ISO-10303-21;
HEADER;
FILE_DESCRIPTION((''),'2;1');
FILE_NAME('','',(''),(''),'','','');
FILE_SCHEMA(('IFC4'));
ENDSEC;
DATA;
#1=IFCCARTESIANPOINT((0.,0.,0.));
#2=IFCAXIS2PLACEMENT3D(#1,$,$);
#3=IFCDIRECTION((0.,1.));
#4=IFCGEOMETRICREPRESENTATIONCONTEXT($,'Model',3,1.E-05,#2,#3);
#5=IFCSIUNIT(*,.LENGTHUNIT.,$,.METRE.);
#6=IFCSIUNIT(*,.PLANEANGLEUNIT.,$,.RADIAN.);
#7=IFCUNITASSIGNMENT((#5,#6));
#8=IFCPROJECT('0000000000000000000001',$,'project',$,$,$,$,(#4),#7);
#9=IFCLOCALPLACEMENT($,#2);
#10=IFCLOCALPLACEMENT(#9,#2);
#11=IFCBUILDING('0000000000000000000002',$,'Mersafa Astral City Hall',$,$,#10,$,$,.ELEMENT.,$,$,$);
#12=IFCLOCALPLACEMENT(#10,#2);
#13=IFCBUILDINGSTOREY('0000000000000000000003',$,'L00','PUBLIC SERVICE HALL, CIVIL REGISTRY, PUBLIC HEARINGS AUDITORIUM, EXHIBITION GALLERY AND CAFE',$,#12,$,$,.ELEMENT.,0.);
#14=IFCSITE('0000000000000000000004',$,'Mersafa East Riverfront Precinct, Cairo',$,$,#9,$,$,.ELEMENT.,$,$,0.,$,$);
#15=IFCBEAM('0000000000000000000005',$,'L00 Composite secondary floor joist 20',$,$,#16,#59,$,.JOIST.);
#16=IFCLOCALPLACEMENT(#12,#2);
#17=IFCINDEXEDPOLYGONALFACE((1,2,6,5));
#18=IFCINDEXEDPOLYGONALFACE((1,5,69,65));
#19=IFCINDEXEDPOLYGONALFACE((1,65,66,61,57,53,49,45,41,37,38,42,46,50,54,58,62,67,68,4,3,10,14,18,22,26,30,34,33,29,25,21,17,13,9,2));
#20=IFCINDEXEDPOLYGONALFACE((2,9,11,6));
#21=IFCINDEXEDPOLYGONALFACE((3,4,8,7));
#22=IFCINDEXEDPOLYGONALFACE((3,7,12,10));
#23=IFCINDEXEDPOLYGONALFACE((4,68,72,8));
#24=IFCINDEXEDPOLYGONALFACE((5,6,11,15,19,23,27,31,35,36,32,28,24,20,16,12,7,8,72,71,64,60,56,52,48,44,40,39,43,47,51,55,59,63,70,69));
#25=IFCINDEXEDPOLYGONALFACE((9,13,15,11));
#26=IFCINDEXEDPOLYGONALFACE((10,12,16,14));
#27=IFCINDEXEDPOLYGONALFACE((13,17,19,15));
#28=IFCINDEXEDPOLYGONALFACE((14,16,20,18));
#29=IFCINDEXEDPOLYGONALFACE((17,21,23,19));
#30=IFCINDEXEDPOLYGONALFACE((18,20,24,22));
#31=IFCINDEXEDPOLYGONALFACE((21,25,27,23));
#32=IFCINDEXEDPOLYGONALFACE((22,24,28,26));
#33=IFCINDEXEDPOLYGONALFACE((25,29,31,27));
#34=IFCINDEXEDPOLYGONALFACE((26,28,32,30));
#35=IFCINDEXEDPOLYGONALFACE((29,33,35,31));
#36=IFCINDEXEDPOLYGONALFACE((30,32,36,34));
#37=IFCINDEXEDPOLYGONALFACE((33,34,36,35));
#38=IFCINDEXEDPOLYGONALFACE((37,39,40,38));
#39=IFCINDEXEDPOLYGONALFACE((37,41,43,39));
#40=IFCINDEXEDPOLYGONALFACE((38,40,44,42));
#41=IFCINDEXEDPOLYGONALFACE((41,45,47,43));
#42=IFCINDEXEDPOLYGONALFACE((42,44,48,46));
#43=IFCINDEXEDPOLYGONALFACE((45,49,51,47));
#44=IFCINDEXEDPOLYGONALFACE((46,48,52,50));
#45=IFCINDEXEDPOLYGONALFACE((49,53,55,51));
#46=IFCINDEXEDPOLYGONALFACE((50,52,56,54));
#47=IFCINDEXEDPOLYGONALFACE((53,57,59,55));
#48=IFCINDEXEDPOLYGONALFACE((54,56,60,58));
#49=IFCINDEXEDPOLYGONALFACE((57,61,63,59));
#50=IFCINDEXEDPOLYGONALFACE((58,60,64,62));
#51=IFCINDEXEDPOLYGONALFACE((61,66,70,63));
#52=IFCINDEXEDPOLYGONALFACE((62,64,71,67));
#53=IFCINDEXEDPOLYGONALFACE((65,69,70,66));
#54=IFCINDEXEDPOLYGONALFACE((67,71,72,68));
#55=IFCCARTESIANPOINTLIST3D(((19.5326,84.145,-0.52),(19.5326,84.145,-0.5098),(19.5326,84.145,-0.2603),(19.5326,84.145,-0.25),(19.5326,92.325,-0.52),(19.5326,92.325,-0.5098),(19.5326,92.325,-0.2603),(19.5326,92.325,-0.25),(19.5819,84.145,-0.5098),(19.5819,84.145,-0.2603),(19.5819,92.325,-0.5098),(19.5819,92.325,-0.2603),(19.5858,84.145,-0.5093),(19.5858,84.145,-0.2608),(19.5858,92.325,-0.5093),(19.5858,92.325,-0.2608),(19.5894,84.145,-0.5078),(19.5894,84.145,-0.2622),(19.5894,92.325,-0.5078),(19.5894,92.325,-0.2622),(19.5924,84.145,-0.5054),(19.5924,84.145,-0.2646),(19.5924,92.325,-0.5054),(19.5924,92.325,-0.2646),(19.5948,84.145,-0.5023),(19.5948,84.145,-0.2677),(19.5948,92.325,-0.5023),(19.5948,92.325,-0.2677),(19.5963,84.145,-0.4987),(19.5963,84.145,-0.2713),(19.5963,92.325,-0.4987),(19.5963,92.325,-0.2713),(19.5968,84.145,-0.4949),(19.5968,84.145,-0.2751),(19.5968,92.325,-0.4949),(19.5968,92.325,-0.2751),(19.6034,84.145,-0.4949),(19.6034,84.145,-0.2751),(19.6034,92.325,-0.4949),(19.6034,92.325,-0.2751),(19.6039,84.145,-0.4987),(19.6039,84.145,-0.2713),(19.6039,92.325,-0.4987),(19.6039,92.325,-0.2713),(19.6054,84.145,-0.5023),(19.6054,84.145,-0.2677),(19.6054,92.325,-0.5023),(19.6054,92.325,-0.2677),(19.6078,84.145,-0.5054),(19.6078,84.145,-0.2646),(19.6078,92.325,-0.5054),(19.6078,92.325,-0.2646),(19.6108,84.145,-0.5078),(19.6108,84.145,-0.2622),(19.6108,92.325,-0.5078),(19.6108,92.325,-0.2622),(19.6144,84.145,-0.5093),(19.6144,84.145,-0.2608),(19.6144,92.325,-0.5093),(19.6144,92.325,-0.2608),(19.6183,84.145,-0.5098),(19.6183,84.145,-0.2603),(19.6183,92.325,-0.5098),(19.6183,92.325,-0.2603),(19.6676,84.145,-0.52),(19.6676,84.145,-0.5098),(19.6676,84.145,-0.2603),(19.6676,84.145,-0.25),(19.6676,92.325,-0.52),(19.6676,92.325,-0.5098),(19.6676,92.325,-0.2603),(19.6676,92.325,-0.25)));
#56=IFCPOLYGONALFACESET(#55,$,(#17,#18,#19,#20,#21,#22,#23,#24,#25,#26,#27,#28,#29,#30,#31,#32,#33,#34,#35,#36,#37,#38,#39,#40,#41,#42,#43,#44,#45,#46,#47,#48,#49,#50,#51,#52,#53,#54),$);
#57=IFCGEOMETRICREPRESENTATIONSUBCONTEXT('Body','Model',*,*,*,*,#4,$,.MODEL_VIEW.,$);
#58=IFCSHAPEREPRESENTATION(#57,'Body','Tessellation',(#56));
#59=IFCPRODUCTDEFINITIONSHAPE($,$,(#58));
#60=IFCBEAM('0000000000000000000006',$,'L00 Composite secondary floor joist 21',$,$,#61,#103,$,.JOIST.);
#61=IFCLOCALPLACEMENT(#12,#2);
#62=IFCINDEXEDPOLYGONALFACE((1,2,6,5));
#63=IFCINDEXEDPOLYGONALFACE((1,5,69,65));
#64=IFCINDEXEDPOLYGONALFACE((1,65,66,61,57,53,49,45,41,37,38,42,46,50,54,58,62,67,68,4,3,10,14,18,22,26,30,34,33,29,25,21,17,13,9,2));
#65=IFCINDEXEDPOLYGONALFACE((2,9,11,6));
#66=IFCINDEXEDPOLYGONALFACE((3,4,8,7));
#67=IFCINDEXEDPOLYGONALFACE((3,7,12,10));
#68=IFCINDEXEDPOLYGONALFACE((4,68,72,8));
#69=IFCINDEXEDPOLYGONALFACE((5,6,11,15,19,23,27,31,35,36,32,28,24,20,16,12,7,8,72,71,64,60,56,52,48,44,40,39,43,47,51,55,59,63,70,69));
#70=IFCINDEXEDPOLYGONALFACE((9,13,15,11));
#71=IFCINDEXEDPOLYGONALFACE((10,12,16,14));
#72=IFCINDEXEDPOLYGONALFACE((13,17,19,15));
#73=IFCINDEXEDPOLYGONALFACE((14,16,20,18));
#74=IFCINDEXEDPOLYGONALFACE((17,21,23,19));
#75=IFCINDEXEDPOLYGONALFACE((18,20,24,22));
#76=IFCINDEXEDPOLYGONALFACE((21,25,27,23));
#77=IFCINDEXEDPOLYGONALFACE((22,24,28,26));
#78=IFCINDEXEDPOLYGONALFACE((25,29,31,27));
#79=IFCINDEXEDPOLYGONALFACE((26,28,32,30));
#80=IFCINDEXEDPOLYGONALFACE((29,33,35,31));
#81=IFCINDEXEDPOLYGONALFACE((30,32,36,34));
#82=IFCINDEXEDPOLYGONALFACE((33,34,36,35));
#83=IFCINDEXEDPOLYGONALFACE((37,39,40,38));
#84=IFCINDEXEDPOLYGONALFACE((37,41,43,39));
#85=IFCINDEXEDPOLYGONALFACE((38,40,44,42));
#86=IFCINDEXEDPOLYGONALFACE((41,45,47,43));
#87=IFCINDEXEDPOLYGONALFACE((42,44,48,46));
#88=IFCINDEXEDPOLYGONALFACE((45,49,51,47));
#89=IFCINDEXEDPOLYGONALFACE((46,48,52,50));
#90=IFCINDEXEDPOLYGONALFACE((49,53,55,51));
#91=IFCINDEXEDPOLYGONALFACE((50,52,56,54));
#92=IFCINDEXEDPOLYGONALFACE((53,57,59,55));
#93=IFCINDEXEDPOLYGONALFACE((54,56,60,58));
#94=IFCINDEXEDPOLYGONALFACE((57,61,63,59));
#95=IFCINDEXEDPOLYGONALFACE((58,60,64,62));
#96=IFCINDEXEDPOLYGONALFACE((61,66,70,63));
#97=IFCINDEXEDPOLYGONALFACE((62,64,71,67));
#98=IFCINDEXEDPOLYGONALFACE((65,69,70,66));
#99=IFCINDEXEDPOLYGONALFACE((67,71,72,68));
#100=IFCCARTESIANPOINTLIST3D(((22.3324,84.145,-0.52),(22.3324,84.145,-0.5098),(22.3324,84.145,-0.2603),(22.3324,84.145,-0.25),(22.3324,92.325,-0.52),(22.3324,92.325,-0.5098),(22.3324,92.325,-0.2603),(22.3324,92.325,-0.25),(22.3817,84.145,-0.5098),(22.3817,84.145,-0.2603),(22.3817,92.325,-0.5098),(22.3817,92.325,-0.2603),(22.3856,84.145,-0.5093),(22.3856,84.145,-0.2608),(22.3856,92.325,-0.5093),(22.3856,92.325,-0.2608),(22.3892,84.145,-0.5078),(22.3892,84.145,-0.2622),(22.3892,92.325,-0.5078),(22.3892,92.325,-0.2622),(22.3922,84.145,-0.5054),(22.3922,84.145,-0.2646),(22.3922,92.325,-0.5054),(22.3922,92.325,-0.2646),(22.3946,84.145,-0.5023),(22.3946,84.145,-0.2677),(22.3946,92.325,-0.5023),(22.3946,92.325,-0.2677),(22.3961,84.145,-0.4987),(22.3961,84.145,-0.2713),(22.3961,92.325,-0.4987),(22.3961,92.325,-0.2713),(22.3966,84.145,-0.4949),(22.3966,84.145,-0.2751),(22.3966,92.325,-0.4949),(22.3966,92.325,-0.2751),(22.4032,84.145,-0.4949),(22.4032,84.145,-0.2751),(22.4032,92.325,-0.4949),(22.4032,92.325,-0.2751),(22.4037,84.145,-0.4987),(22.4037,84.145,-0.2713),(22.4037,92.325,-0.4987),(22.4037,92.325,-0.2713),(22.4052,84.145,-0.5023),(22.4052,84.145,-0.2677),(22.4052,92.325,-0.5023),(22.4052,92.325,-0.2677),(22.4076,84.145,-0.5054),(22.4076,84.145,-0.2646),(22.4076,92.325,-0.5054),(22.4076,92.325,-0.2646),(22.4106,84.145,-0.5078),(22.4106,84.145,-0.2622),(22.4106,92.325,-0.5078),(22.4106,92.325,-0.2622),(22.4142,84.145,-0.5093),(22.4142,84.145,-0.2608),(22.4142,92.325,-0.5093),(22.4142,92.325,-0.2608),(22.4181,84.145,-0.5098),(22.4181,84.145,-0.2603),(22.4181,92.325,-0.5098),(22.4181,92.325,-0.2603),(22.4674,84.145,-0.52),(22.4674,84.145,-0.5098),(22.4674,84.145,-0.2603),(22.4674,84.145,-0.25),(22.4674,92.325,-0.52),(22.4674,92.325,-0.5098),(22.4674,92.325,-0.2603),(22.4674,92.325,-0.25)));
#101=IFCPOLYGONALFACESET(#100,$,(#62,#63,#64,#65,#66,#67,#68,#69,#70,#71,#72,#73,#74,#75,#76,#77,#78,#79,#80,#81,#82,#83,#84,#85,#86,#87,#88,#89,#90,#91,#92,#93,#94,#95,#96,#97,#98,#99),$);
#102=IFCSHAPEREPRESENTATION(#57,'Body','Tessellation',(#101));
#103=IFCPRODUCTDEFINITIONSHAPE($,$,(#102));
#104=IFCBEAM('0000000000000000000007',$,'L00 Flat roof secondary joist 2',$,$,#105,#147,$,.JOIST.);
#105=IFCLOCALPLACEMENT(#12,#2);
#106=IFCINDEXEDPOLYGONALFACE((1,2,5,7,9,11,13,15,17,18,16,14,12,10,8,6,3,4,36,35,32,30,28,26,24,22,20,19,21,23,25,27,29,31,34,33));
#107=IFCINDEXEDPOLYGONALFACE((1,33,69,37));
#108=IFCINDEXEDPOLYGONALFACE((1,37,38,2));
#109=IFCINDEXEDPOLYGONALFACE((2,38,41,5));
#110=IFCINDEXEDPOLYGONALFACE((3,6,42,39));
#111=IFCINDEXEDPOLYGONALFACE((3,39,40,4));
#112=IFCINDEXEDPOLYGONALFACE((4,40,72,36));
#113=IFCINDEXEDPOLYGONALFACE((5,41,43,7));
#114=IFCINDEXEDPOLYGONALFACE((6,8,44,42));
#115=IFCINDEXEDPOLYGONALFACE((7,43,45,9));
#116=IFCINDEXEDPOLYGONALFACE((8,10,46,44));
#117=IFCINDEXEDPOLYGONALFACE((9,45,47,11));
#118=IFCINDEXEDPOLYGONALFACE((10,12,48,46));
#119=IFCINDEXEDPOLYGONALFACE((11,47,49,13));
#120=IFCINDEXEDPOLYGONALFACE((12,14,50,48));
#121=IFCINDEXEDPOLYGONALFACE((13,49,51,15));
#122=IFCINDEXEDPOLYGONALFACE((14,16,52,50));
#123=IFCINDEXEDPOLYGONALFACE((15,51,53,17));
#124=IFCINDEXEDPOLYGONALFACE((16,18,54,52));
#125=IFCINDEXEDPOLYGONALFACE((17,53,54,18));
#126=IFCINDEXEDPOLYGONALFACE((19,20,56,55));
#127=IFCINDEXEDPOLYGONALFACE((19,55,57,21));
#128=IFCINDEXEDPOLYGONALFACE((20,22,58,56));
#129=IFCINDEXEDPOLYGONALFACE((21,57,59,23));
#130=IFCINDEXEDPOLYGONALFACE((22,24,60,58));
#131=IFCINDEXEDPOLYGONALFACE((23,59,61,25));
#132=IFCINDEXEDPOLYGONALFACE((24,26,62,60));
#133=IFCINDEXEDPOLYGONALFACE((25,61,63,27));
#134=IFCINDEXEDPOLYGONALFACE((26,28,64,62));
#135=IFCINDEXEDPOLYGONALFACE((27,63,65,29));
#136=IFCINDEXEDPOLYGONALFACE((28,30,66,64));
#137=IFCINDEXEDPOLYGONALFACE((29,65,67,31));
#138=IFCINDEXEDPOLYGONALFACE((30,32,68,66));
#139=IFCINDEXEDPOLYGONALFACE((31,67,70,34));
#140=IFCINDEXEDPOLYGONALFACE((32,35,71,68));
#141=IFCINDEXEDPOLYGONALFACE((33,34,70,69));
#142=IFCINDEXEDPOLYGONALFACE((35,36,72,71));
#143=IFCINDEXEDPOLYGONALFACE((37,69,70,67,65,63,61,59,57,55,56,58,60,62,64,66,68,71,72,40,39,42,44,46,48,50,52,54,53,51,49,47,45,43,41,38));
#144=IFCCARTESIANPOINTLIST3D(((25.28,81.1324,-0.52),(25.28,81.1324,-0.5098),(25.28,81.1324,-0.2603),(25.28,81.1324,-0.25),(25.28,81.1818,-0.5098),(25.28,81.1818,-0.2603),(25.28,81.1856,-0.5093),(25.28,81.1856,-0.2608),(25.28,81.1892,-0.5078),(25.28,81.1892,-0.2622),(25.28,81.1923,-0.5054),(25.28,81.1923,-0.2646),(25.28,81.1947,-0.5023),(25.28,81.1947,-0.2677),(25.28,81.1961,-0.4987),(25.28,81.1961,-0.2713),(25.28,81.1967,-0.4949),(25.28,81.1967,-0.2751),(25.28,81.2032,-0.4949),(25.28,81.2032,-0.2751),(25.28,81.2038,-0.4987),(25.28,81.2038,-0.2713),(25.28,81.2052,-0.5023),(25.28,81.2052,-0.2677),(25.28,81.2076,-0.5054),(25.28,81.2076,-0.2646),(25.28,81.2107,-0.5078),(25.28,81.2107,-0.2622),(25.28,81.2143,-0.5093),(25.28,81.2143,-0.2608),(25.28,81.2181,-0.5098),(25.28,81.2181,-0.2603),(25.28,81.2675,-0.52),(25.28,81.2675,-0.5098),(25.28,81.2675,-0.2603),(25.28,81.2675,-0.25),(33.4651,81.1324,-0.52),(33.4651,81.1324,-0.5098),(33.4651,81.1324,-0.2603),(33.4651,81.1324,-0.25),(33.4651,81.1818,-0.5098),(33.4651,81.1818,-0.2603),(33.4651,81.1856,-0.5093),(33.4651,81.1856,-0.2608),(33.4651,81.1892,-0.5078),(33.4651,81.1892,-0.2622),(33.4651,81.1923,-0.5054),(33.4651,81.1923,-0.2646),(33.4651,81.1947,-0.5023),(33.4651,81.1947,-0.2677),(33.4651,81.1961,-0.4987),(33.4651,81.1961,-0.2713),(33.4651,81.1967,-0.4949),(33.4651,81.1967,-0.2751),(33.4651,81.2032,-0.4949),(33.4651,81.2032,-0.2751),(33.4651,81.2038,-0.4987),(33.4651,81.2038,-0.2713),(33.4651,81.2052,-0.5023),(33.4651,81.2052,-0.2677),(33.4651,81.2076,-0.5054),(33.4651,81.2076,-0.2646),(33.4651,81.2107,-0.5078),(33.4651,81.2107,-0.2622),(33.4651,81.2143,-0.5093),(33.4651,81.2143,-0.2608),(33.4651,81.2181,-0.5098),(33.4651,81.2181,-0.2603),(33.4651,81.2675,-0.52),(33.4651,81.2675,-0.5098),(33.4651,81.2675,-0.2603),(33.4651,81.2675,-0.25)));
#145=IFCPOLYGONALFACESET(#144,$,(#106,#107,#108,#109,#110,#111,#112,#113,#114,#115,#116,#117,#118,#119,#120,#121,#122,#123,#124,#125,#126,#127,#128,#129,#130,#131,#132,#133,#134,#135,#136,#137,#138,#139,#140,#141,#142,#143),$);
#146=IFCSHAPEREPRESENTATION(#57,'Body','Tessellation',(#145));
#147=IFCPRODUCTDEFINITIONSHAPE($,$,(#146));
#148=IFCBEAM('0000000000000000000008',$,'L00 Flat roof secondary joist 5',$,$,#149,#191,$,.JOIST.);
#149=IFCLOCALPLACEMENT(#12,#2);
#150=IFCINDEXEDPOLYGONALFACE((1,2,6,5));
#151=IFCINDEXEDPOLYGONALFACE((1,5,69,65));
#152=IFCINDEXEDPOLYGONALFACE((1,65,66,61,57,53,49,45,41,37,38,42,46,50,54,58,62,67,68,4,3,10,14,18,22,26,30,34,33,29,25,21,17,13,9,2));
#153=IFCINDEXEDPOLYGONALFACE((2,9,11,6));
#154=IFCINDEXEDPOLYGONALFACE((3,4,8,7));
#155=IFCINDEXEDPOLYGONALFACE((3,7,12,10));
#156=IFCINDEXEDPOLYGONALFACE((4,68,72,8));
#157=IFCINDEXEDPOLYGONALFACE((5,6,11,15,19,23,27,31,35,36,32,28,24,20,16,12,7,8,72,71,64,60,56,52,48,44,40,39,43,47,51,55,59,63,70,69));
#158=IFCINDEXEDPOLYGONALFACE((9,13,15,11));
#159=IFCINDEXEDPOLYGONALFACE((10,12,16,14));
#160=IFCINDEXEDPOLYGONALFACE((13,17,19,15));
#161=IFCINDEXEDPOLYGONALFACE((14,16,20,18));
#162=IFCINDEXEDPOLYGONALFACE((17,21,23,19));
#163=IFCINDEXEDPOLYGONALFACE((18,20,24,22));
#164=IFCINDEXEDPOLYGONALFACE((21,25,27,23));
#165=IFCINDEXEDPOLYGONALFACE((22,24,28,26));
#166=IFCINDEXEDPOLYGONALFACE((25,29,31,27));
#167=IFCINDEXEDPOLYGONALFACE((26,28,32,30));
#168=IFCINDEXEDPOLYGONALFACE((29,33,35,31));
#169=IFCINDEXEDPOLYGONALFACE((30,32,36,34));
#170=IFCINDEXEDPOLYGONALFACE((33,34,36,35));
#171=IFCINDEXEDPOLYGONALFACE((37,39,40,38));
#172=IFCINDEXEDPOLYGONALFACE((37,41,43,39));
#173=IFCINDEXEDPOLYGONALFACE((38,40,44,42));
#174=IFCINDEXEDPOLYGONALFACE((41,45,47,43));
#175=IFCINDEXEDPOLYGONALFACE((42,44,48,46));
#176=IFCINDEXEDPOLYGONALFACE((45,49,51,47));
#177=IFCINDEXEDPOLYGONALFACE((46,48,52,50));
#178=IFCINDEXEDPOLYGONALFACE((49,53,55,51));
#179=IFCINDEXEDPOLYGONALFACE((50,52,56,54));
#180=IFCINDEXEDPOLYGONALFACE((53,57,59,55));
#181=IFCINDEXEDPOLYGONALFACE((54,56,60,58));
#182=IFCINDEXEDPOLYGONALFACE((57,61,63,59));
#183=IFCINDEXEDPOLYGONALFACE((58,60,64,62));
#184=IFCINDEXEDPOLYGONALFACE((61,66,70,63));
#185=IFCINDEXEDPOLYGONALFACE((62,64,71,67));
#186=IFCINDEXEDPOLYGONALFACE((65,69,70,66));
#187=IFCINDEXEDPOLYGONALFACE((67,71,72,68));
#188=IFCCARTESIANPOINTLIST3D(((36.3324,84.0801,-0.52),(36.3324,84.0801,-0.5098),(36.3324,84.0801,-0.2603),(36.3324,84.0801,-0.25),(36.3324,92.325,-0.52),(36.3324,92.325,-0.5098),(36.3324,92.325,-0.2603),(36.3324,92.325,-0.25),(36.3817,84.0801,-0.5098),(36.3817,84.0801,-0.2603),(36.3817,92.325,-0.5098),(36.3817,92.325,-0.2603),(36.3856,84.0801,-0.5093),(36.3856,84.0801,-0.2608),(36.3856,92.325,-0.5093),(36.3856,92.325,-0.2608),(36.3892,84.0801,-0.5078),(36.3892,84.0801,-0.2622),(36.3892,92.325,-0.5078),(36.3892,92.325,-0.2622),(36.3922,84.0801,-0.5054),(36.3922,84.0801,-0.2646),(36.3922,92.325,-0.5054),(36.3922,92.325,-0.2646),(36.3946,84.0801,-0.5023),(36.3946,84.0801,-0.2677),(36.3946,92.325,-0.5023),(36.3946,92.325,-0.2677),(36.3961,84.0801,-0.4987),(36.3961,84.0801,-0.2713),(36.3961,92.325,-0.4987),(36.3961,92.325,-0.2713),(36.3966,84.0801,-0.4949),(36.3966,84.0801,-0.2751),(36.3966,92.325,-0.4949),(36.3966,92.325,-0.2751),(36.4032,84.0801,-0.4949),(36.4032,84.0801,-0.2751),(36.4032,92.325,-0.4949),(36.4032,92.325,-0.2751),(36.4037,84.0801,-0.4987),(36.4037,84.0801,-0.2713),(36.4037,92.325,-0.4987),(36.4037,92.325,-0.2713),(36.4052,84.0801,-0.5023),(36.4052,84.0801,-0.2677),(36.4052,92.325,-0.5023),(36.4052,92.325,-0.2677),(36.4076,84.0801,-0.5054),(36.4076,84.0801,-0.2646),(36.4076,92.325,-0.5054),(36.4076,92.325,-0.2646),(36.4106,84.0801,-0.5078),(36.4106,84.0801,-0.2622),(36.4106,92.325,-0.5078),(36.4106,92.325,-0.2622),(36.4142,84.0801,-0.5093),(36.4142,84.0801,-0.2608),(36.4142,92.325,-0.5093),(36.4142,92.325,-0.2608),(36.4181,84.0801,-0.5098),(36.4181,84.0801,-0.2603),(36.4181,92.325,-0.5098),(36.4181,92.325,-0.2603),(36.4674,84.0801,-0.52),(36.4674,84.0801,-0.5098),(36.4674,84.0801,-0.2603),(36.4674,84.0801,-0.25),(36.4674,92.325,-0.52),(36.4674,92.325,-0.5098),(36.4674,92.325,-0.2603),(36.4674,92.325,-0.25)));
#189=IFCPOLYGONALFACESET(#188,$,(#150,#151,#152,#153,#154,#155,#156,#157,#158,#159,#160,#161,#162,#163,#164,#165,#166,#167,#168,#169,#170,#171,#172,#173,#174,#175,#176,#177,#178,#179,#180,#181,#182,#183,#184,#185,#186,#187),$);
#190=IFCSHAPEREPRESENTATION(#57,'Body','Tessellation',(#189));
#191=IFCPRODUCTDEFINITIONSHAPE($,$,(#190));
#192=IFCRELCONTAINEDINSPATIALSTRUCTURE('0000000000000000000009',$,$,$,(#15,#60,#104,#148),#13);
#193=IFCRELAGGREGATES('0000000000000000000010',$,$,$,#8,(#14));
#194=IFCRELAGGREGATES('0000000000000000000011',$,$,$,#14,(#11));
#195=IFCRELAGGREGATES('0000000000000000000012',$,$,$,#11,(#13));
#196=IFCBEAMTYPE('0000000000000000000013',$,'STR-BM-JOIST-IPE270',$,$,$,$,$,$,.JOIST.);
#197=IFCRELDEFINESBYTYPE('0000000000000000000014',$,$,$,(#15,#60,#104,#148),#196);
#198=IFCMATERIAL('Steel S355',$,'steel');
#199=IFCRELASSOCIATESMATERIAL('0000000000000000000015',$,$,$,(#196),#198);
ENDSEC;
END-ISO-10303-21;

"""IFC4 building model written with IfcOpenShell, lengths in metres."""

from ifc_helpers import new_model, si_unit, direction, frame, origin, origin_2d, place, context, subcontext, project, spatial, i_section, extrude, material, material_profile, profile_set, type_object, element, save


model = new_model("IFC4")

# Units and contexts
model_context = context("Model", 3, precision=1e-05, world=origin(), true_north=direction((0.0, 1.0)))
body_context = subcontext(model_context, "Body", "Model", "MODEL_VIEW")
ifc_project = project(units=[si_unit("LENGTHUNIT", "METRE"), si_unit("PLANEANGLEUNIT", "RADIAN")], contexts=[model_context])

# Site, building, storey
site_placement = place(None, origin())
site = spatial("IfcSite", under=ifc_project, at=site_placement, Name="Mersafa East Riverfront Precinct, Cairo", CompositionType="ELEMENT", RefElevation=0.0)
building_placement = place(site_placement, origin())
building = spatial("IfcBuilding", under=site, at=building_placement, Name="Mersafa Astral City Hall", CompositionType="ELEMENT")
storey_placement = place(building_placement, origin())
storey = spatial("IfcBuildingStorey", under=building, at=storey_placement, Name="L00", Description="PUBLIC SERVICE HALL, CIVIL REGISTRY, PUBLIC HEARINGS AUDITORIUM, EXHIBITION GALLERY AND CAFE", CompositionType="ELEMENT", Elevation=0.0)

# Shared definitions
ifc_material_1 = material(Name="Steel S355", Category="steel")

# Beams
ifc_material_profile_1 = material_profile(ifc_material_1, i_section(OverallWidth=0.135, OverallDepth=0.27, WebThickness=0.0066, FlangeThickness=0.0103, FilletRadius=0.0149, at=origin_2d()), Name="IPE 270")
ifc_profile_set_1 = profile_set([ifc_material_profile_1], Name="Steel S355")
beam_type_1 = type_object("IfcBeamType", Name="STR-BM-JOIST-IPE270", PredefinedType="JOIST", material=ifc_profile_set_1)
for number, where, z_axis, x_axis, name in (
    (1, (19.6001, 84.145, -0.385), (0.0, 1.0, 0.0), (-1.0, 0.0, 0.0), "L00 Composite secondary floor joist 20"),
    (2, (22.3999, 84.145, -0.385), (0.0, 1.0, 0.0), (-1.0, 0.0, 0.0), "L00 Composite secondary floor joist 21"),
):
    element("IfcBeam", number, at=place(storey_placement, frame(where, z_axis=z_axis, x_axis=x_axis)), inside=storey, type_object=beam_type_1, Name=name, PredefinedType="JOIST", context=body_context, shape_type="SweptSolid", body=[
        extrude(i_section(OverallWidth=0.135, OverallDepth=0.27, WebThickness=0.0066, FlangeThickness=0.0103, FilletRadius=0.0149, at=origin_2d()), origin(), (0.0, 0.0, 1.0), 8.1799),
    ])
beam_1_placement = place(storey_placement, frame((25.28, 81.2, -0.385), z_axis=(1.0, 0.0, 0.0), x_axis=(0.0, 1.0, 0.0)))
element("IfcBeam", 3, at=beam_1_placement, inside=storey, type_object=beam_type_1, Name="L00 Flat roof secondary joist 2", PredefinedType="JOIST", context=body_context, shape_type="SweptSolid", body=[
    extrude(i_section(OverallWidth=0.135, OverallDepth=0.27, WebThickness=0.0066, FlangeThickness=0.0103, FilletRadius=0.0149, at=origin_2d()), origin(), (0.0, 0.0, 1.0), 8.1851),
])
for number, where, z_axis, x_axis, name in (
    (4, (36.3999, 84.0801, -0.385), (0.0, 1.0, 0.0), (-1.0, 0.0, 0.0), "L00 Flat roof secondary joist 5"),
):
    element("IfcBeam", number, at=place(storey_placement, frame(where, z_axis=z_axis, x_axis=x_axis)), inside=storey, type_object=beam_type_1, Name=name, PredefinedType="JOIST", context=body_context, shape_type="SweptSolid", body=[
        extrude(i_section(OverallWidth=0.135, OverallDepth=0.27, WebThickness=0.0066, FlangeThickness=0.0103, FilletRadius=0.0149, at=origin_2d()), origin(), (0.0, 0.0, 1.0), 8.2449),
    ])

save(model, "model.ifc")
